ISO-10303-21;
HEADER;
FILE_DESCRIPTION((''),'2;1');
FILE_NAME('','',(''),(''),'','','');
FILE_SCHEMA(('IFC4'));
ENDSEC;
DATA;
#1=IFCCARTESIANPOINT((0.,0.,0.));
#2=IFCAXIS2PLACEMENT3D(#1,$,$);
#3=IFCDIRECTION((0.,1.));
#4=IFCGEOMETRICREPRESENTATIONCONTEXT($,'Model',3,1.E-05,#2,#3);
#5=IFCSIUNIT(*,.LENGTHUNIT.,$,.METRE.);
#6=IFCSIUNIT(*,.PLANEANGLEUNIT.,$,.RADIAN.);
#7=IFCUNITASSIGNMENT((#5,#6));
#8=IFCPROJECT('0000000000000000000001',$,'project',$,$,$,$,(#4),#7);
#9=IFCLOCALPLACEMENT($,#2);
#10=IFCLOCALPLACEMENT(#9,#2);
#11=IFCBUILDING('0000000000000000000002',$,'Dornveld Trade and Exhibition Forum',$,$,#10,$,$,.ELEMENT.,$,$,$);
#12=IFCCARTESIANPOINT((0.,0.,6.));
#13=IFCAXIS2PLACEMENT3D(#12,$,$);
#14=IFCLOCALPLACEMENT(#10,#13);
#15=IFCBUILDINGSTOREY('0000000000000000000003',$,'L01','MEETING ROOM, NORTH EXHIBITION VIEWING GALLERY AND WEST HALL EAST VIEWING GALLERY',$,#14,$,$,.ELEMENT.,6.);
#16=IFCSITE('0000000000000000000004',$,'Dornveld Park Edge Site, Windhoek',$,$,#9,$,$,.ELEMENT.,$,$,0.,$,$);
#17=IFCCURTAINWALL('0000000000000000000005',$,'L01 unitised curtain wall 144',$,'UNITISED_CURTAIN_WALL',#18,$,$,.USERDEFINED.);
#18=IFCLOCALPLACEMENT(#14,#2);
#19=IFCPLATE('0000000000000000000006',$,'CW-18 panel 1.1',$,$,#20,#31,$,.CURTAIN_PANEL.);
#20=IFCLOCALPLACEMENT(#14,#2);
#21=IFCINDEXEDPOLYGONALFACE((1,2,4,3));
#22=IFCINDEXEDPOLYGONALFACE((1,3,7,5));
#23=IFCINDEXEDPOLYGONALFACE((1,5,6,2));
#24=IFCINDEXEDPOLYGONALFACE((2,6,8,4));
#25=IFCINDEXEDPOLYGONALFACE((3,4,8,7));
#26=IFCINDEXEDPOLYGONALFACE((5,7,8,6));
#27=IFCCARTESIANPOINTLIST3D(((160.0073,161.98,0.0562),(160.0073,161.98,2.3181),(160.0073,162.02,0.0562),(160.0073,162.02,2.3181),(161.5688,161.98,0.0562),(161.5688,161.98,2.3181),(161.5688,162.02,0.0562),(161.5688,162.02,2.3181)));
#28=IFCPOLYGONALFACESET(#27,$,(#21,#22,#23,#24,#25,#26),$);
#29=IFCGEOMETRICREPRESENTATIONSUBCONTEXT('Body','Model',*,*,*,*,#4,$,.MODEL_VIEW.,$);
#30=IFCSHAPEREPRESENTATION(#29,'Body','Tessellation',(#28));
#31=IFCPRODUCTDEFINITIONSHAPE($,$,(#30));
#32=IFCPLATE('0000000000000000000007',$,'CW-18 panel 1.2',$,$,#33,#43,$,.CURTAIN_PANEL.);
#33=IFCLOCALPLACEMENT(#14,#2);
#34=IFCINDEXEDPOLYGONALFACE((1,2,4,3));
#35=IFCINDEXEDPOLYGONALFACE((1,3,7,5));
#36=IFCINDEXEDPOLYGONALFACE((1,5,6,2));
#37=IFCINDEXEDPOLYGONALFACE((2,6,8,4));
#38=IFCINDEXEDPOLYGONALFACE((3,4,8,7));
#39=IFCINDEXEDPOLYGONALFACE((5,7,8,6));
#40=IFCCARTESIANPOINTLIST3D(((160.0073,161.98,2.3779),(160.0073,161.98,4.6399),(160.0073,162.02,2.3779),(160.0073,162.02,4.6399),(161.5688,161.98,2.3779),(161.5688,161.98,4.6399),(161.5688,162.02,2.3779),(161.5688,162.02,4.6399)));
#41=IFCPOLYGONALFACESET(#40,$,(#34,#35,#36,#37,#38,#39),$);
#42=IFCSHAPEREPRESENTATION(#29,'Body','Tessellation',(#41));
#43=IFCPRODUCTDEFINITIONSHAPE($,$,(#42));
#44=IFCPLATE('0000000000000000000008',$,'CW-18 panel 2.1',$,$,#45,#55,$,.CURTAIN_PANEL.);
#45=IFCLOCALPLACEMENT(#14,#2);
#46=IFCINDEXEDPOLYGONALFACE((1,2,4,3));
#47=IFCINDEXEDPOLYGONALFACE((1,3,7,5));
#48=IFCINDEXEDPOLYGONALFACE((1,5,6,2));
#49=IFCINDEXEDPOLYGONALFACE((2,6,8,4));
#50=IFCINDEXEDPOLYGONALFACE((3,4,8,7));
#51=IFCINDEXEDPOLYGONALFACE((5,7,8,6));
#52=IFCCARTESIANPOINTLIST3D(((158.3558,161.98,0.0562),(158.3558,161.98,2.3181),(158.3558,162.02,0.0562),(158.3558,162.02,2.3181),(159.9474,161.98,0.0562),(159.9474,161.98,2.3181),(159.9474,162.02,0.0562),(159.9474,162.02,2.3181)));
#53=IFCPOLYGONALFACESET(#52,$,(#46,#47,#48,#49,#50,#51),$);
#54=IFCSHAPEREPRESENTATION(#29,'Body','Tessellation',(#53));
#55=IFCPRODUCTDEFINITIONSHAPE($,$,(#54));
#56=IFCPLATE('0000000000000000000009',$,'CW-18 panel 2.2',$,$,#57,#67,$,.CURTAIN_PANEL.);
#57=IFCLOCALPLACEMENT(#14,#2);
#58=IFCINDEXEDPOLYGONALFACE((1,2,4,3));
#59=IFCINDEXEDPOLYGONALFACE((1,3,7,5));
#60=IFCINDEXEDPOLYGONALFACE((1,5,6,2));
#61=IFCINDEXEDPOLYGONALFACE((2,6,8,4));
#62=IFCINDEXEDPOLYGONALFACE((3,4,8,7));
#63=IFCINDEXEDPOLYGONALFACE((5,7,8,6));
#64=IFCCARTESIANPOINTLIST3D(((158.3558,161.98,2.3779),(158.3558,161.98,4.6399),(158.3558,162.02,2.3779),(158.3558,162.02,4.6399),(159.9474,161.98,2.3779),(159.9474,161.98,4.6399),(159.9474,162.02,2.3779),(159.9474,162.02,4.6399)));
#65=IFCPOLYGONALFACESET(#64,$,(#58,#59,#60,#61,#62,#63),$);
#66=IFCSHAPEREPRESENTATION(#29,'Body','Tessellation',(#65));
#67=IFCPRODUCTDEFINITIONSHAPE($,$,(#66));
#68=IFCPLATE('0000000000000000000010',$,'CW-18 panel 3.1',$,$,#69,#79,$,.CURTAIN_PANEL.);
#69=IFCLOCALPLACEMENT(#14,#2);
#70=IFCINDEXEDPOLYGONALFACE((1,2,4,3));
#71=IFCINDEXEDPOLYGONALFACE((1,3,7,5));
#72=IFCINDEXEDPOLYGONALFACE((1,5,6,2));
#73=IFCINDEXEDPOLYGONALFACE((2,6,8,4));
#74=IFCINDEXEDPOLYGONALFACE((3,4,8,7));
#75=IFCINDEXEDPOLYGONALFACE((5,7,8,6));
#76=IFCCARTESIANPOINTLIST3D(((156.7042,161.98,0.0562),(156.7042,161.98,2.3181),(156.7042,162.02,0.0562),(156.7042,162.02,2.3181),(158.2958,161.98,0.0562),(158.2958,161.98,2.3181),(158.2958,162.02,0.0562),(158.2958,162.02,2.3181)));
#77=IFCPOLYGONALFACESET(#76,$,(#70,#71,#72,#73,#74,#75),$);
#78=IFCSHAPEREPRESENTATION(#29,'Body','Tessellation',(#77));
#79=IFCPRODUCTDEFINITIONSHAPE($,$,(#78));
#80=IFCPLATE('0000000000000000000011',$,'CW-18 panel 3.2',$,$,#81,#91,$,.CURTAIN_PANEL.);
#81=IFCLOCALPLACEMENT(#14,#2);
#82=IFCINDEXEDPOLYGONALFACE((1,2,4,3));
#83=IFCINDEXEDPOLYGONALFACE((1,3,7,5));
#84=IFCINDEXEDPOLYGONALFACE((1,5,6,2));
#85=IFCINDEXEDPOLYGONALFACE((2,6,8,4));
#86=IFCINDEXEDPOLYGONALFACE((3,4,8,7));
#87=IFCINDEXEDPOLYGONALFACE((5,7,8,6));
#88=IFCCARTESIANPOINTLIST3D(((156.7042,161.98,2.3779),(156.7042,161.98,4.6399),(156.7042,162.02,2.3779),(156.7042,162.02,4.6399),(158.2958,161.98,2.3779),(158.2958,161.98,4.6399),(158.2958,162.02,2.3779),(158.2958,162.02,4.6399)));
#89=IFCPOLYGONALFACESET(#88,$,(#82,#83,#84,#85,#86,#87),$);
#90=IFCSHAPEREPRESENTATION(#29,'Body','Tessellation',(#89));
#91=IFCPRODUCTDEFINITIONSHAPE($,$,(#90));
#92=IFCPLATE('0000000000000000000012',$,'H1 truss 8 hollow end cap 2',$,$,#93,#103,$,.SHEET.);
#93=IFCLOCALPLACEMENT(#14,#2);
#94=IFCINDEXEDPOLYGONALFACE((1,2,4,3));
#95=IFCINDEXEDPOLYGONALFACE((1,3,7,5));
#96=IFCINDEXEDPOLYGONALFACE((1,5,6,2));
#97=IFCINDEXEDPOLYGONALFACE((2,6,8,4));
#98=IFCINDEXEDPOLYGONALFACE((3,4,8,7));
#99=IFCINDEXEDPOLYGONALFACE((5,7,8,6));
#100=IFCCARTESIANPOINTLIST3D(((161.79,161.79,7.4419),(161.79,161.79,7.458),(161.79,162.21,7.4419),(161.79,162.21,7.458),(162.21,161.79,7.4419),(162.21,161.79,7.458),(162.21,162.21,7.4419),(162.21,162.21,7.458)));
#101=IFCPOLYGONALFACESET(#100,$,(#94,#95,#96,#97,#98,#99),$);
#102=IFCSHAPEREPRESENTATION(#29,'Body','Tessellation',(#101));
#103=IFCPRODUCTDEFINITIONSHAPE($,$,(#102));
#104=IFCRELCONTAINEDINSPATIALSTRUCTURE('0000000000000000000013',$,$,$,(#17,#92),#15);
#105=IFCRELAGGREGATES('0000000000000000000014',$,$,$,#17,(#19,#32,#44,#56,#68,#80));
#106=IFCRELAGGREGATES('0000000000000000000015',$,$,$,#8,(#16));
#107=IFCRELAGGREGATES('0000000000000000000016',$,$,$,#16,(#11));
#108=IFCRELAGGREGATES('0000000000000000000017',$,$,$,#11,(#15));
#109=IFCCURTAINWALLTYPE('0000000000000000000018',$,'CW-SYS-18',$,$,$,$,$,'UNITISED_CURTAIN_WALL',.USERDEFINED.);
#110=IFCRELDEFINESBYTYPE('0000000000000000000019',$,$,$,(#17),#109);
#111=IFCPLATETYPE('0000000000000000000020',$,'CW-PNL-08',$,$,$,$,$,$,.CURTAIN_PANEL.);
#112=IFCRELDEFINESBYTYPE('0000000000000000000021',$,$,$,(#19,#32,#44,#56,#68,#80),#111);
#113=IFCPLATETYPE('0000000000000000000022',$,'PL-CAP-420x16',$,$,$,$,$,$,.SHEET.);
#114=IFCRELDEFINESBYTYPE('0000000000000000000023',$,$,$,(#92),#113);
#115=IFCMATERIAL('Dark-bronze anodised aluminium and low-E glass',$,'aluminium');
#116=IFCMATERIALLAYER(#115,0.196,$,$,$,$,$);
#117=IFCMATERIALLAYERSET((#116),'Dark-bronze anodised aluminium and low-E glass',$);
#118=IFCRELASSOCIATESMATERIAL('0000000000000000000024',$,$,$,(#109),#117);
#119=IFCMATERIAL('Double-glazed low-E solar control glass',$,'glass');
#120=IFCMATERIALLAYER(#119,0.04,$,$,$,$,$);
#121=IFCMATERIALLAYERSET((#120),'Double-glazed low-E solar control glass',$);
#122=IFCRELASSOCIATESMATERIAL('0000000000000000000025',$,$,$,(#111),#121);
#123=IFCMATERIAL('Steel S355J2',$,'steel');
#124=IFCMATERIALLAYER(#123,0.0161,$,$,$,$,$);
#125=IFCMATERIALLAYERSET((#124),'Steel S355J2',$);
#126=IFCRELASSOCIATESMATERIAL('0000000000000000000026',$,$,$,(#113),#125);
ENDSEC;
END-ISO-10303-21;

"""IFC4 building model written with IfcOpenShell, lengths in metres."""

from ifc_helpers import new_model, si_unit, direction, frame, origin, origin_2d, place, context, subcontext, project, spatial, rectangle, extrude, material, layer, layer_set, type_object, element, aggregate, save


model = new_model("IFC4")

# Units and contexts
model_context = context("Model", 3, precision=1e-05, world=origin(), true_north=direction((0.0, 1.0)))
body_context = subcontext(model_context, "Body", "Model", "MODEL_VIEW")
ifc_project = project(units=[si_unit("LENGTHUNIT", "METRE"), si_unit("PLANEANGLEUNIT", "RADIAN")], contexts=[model_context])

# Site, building, storey
site_placement = place(None, origin())
site = spatial("IfcSite", under=ifc_project, at=site_placement, Name="Dornveld Park Edge Site, Windhoek", CompositionType="ELEMENT", RefElevation=0.0)
building_placement = place(site_placement, origin())
building = spatial("IfcBuilding", under=site, at=building_placement, Name="Dornveld Trade and Exhibition Forum", CompositionType="ELEMENT")
storey_placement = place(building_placement, frame((0.0, 0.0, 6.0)))
storey = spatial("IfcBuildingStorey", under=building, at=storey_placement, Name="L01", Description="MEETING ROOM, NORTH EXHIBITION VIEWING GALLERY AND WEST HALL EAST VIEWING GALLERY", CompositionType="ELEMENT", Elevation=6.0)

# Curtain wall
ifc_material_1 = material(Name="Dark-bronze anodised aluminium and low-E glass", Category="aluminium")
ifc_layer_1 = layer(ifc_material_1, 0.196)
ifc_layer_set_1 = layer_set([ifc_layer_1], Name="Dark-bronze anodised aluminium and low-E glass")
curtain_wall_type = type_object("IfcCurtainWallType", Name="CW-SYS-18", ElementType="UNITISED_CURTAIN_WALL", PredefinedType="USERDEFINED", material=ifc_layer_set_1)
curtain_wall_placement = place(storey_placement, origin())
curtain_wall = element("IfcCurtainWall", 1, at=curtain_wall_placement, inside=storey, type_object=curtain_wall_type, Name="L01 unitised curtain wall 144", ObjectType="UNITISED_CURTAIN_WALL", PredefinedType="USERDEFINED")

# Plates
ifc_material_2 = material(Name="Double-glazed low-E solar control glass", Category="glass")
ifc_layer_2 = layer(ifc_material_2, 0.04)
ifc_layer_set_2 = layer_set([ifc_layer_2], Name="Double-glazed low-E solar control glass")
plate_type_1 = type_object("IfcPlateType", Name="CW-PNL-08", PredefinedType="CURTAIN_PANEL", material=ifc_layer_set_2)
plate_1_placement = place(storey_placement, frame((160.7881, 162.0, 0.0562), z_axis=(0.0, 0.0, 1.0), x_axis=(-1.0, 0.0, 0.0)))
plate_1 = element("IfcPlate", 2, at=plate_1_placement, type_object=plate_type_1, Name="CW-18 panel 1.1", PredefinedType="CURTAIN_PANEL", context=body_context, shape_type="SweptSolid", body=[
    extrude(rectangle(XDim=1.5615, YDim=0.04, at=origin_2d()), origin(), (0.0, 0.0, 1.0), 2.262),
])
plate_2_placement = place(storey_placement, frame((160.7881, 162.0, 2.3779), z_axis=(0.0, 0.0, 1.0), x_axis=(-1.0, 0.0, 0.0)))
plate_2 = element("IfcPlate", 3, at=plate_2_placement, type_object=plate_type_1, Name="CW-18 panel 1.2", PredefinedType="CURTAIN_PANEL", context=body_context, shape_type="SweptSolid", body=[
    extrude(rectangle(XDim=1.5615, YDim=0.04, at=origin_2d()), origin(), (0.0, 0.0, 1.0), 2.262),
])
plate_3_placement = place(storey_placement, frame((159.1516, 162.0, 0.0562), z_axis=(0.0, 0.0, 1.0), x_axis=(-1.0, 0.0, 0.0)))
plate_3 = element("IfcPlate", 4, at=plate_3_placement, type_object=plate_type_1, Name="CW-18 panel 2.1", PredefinedType="CURTAIN_PANEL", context=body_context, shape_type="SweptSolid", body=[
    extrude(rectangle(XDim=1.5916, YDim=0.04, at=origin_2d()), origin(), (0.0, 0.0, 1.0), 2.262),
])
plate_4_placement = place(storey_placement, frame((159.1516, 162.0, 2.3779), z_axis=(0.0, 0.0, 1.0), x_axis=(-1.0, 0.0, 0.0)))
plate_4 = element("IfcPlate", 5, at=plate_4_placement, type_object=plate_type_1, Name="CW-18 panel 2.2", PredefinedType="CURTAIN_PANEL", context=body_context, shape_type="SweptSolid", body=[
    extrude(rectangle(XDim=1.5916, YDim=0.04, at=origin_2d()), origin(), (0.0, 0.0, 1.0), 2.262),
])
plate_5_placement = place(storey_placement, frame((157.5, 162.0, 0.0562), z_axis=(0.0, 0.0, 1.0), x_axis=(-1.0, 0.0, 0.0)))
plate_5 = element("IfcPlate", 6, at=plate_5_placement, type_object=plate_type_1, Name="CW-18 panel 3.1", PredefinedType="CURTAIN_PANEL", context=body_context, shape_type="SweptSolid", body=[
    extrude(rectangle(XDim=1.5916, YDim=0.04, at=origin_2d()), origin(), (0.0, 0.0, 1.0), 2.262),
])
plate_6_placement = place(storey_placement, frame((157.5, 162.0, 2.3779), z_axis=(0.0, 0.0, 1.0), x_axis=(-1.0, 0.0, 0.0)))
plate_6 = element("IfcPlate", 7, at=plate_6_placement, type_object=plate_type_1, Name="CW-18 panel 3.2", PredefinedType="CURTAIN_PANEL", context=body_context, shape_type="SweptSolid", body=[
    extrude(rectangle(XDim=1.5916, YDim=0.04, at=origin_2d()), origin(), (0.0, 0.0, 1.0), 2.262),
])
aggregate(curtain_wall, [plate_1, plate_2, plate_3, plate_4, plate_5, plate_6])
ifc_material_3 = material(Name="Steel S355J2", Category="steel")
ifc_layer_3 = layer(ifc_material_3, 0.0161)
ifc_layer_set_3 = layer_set([ifc_layer_3], Name="Steel S355J2")
plate_type_2 = type_object("IfcPlateType", Name="PL-CAP-420x16", PredefinedType="SHEET", material=ifc_layer_set_3)
plate_7_placement = place(storey_placement, frame((162.0, 162.0, 7.4419), z_axis=(0.0, 0.0, 1.0), x_axis=(1.0, 0.0, 0.0)))
element("IfcPlate", 8, at=plate_7_placement, inside=storey, type_object=plate_type_2, Name="H1 truss 8 hollow end cap 2", PredefinedType="SHEET", context=body_context, shape_type="SweptSolid", body=[
    extrude(rectangle(XDim=0.4199, YDim=0.4199, at=origin_2d()), origin(), (0.0, 0.0, 1.0), 0.0161),
])

save(model, "model.ifc")
